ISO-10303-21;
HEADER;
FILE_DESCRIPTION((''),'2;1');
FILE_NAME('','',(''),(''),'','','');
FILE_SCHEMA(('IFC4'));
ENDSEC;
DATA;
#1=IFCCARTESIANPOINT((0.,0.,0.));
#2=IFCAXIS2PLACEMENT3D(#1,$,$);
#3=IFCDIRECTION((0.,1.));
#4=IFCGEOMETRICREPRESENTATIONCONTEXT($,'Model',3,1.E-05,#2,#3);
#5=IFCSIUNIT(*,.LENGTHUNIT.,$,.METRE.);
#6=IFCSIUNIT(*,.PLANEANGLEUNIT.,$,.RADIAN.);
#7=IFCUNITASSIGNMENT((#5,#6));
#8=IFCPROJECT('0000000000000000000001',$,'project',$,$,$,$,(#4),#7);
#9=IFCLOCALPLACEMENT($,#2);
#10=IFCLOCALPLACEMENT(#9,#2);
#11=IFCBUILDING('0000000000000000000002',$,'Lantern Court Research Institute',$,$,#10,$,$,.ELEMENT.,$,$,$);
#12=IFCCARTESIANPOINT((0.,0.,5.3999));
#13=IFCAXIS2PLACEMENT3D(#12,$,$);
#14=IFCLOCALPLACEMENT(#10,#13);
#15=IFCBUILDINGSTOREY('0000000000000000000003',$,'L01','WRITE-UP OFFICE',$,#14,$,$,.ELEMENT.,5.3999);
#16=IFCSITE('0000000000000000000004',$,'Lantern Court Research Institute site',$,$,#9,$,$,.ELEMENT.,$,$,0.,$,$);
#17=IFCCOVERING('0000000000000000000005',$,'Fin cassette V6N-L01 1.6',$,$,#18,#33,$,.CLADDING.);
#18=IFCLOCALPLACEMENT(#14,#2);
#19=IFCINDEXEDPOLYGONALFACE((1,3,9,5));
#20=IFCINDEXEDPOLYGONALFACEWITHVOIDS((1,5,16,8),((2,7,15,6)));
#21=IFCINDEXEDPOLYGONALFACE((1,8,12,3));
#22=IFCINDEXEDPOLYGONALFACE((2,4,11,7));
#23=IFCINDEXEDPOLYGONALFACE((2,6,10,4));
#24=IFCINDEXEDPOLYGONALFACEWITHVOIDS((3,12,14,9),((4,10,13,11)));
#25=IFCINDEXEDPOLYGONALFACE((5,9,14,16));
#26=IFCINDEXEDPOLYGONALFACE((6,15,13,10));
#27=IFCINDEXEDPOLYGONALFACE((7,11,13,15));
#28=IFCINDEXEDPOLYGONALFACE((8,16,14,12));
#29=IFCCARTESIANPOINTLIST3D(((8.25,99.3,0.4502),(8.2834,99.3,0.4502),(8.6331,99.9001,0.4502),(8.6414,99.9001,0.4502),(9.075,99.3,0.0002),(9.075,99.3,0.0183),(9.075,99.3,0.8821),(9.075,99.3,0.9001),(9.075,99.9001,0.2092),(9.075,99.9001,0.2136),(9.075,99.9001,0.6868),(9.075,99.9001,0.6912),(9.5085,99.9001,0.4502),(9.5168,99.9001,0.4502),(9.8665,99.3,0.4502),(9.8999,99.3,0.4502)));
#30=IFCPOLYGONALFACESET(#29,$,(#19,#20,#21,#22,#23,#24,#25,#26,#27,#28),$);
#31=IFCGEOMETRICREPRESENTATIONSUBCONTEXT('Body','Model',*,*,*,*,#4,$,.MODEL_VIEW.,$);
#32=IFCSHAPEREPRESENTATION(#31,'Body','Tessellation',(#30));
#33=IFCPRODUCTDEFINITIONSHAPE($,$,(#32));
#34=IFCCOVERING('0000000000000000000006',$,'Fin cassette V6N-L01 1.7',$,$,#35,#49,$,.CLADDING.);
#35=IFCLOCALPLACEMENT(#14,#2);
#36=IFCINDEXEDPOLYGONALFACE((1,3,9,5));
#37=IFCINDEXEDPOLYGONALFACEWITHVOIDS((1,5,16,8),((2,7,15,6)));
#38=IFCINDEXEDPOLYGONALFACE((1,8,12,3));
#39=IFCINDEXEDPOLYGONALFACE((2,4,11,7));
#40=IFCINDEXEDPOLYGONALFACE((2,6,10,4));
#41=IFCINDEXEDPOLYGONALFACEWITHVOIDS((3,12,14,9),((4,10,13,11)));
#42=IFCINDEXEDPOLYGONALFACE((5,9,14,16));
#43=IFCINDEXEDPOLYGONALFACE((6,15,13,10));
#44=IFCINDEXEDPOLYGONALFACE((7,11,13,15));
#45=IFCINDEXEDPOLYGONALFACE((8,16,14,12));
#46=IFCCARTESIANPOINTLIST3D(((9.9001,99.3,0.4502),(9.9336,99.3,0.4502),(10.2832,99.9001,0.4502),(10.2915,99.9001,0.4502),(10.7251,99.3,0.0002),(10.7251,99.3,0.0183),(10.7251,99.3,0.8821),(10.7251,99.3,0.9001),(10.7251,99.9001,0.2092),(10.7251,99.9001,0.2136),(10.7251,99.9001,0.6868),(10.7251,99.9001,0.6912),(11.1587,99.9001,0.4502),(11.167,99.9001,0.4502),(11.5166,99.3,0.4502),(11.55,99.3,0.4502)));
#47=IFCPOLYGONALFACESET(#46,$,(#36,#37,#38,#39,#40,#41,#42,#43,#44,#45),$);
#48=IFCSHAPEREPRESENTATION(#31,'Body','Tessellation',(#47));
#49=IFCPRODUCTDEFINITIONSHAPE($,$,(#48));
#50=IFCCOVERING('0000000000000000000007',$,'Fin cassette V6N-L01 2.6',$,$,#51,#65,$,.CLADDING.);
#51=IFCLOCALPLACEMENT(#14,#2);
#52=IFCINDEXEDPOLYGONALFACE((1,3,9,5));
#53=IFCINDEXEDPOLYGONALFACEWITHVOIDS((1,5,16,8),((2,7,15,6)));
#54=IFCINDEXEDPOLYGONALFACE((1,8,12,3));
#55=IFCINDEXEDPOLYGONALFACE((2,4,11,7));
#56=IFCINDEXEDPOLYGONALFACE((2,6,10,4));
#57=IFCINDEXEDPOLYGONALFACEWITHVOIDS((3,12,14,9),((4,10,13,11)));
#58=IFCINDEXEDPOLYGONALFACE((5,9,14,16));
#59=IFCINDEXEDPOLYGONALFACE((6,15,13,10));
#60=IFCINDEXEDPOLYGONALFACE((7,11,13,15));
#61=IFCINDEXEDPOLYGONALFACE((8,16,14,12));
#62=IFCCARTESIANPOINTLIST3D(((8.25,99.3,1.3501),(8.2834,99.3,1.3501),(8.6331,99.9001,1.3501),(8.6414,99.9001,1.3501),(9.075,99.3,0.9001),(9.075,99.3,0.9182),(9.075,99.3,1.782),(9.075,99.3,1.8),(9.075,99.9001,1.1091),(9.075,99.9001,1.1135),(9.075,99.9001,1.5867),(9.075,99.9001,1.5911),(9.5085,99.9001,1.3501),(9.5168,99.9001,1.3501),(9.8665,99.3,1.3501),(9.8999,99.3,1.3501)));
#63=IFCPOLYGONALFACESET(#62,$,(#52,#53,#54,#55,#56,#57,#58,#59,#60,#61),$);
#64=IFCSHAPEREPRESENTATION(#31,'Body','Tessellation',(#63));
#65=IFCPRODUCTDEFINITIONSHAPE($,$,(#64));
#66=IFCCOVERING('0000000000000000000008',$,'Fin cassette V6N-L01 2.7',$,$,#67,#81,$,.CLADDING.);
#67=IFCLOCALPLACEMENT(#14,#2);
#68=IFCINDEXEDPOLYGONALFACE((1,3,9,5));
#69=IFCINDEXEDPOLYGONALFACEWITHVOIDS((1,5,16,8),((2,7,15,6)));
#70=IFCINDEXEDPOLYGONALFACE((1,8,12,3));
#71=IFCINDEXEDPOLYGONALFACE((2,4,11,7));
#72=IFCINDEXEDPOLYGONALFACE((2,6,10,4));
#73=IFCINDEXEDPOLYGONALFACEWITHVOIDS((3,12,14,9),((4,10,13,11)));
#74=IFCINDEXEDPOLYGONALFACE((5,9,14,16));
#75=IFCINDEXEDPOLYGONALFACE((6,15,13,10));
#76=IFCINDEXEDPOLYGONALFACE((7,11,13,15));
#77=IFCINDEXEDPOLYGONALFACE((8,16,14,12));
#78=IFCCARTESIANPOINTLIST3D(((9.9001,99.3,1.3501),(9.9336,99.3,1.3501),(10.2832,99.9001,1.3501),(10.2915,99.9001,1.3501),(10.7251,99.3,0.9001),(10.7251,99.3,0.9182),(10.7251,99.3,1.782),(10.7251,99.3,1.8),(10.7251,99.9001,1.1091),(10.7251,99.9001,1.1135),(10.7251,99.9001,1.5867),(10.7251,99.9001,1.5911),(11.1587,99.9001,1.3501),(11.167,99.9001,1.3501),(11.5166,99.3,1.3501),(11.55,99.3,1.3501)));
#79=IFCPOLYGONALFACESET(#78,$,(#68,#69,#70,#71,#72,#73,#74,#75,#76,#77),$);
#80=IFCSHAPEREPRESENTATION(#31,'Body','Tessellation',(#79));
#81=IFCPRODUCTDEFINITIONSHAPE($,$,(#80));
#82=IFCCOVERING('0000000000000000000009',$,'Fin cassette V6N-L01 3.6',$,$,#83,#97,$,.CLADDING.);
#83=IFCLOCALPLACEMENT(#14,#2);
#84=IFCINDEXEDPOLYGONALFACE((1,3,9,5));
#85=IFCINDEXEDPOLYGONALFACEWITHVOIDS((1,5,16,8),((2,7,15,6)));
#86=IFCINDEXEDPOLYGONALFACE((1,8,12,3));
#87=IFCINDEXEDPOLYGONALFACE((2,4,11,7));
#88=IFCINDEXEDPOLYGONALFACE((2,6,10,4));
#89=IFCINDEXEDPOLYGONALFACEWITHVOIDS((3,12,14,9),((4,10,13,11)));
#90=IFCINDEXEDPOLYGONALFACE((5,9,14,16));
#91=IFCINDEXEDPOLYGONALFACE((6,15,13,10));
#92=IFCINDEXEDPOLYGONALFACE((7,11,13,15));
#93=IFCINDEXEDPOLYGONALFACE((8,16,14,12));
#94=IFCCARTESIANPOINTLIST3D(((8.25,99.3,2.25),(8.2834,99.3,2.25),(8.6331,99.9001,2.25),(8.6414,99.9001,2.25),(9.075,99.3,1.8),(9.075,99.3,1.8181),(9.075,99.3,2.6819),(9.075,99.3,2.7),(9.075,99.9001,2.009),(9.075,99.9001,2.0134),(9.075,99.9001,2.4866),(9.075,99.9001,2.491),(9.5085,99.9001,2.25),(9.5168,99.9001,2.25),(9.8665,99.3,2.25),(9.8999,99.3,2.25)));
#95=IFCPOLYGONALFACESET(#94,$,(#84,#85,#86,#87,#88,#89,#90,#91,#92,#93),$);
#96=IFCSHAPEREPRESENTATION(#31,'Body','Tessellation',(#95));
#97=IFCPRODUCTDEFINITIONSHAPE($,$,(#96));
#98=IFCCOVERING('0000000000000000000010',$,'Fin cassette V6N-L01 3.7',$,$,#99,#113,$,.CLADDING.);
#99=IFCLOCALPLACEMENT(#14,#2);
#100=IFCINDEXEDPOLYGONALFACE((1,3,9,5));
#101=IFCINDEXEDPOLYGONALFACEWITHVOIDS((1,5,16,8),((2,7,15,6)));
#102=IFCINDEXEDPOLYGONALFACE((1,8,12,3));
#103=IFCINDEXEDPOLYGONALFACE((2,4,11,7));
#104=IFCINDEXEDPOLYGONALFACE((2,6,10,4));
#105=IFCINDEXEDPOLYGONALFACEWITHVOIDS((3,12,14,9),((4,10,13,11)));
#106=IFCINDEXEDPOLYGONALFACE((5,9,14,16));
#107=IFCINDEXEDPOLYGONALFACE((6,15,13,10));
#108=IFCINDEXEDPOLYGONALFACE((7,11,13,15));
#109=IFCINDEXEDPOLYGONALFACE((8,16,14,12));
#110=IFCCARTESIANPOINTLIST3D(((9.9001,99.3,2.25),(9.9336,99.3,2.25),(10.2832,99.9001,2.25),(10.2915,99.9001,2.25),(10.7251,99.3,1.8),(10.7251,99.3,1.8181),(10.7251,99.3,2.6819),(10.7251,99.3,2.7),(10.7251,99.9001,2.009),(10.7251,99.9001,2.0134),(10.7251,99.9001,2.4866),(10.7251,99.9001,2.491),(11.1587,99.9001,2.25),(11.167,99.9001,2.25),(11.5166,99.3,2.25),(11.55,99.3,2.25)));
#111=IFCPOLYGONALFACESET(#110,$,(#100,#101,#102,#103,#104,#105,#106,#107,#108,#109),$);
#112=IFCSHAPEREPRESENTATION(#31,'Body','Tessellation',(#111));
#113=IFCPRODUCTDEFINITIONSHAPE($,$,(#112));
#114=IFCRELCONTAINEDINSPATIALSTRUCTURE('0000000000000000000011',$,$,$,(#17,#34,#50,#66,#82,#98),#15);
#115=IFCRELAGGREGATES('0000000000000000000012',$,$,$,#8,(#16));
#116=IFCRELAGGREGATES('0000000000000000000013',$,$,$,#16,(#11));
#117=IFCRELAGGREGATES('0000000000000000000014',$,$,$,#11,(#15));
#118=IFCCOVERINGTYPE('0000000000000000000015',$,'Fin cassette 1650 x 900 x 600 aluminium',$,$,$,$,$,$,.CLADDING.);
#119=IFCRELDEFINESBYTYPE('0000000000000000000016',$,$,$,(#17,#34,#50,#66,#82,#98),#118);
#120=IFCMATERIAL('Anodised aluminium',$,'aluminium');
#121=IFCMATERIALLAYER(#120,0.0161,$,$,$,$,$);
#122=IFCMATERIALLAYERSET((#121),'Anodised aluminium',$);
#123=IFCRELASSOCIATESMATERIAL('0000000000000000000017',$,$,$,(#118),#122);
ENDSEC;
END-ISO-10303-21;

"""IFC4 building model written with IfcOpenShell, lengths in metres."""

from ifc_helpers import new_model, entity, si_unit, direction, frame, origin, place, context, subcontext, project, spatial, material, layer, layer_set, type_object, element, save


model = new_model("IFC4")

# Units and contexts
model_context = context("Model", 3, precision=1e-05, world=origin(), true_north=direction((0.0, 1.0)))
body_context = subcontext(model_context, "Body", "Model", "MODEL_VIEW")
ifc_project = project(units=[si_unit("LENGTHUNIT", "METRE"), si_unit("PLANEANGLEUNIT", "RADIAN")], contexts=[model_context])

# Site, building, storey
site_placement = place(None, origin())
site = spatial("IfcSite", under=ifc_project, at=site_placement, Name="Lantern Court Research Institute site", CompositionType="ELEMENT", RefElevation=0.0)
building_placement = place(site_placement, origin())
building = spatial("IfcBuilding", under=site, at=building_placement, Name="Lantern Court Research Institute", CompositionType="ELEMENT")
storey_placement = place(building_placement, frame((0.0, 0.0, 5.3999)))
storey = spatial("IfcBuildingStorey", under=building, at=storey_placement, Name="L01", Description="WRITE-UP OFFICE", CompositionType="ELEMENT", Elevation=5.3999)

# Coverings
ifc_material_1 = material(Name="Anodised aluminium", Category="aluminium")
ifc_layer_1 = layer(ifc_material_1, 0.0161)
ifc_layer_set_1 = layer_set([ifc_layer_1], Name="Anodised aluminium")
covering_type = type_object("IfcCoveringType", Name="Fin cassette 1650 x 900 x 600 aluminium", PredefinedType="CLADDING", material=ifc_layer_set_1)
covering_1_placement = place(storey_placement, frame((9.075, 99.3, 0.4502), z_axis=(0.0, 1.0, 0.0), x_axis=(-1.0, 0.0, 0.0)))
cartesian_point_1 = entity("IfcCartesianPoint", [0.825, 0.0])
cartesian_point_2 = entity("IfcCartesianPoint", [0.7915, 0.0])
cartesian_point_3 = entity("IfcCartesianPoint", [0.4419, 0.0])
cartesian_point_4 = entity("IfcCartesianPoint", [0.4336, 0.0])
element("IfcCovering", 1, at=covering_1_placement, inside=storey, type_object=covering_type, Name="Fin cassette V6N-L01 1.6", PredefinedType="CLADDING", context=body_context, shape_type="SweptSolid", body=[
    entity("IfcExtrudedAreaSolidTapered", entity("IfcArbitraryProfileDefWithVoids", "AREA", None, entity("IfcPolyline", [cartesian_point_1, entity("IfcCartesianPoint", [0.0, 0.45]), entity("IfcCartesianPoint", [-0.825, 0.0]), entity("IfcCartesianPoint", [0.0, -0.45]), cartesian_point_1]), [entity("IfcPolyline", [cartesian_point_2, entity("IfcCartesianPoint", [0.0, 0.4319]), entity("IfcCartesianPoint", [-0.7915, 0.0]), entity("IfcCartesianPoint", [0.0, -0.4319]), cartesian_point_2])]), entity("IfcAxis2Placement3D", entity("IfcCartesianPoint", [0.0, 0.0, 0.0])), entity("IfcDirection", [0.0, 0.0, 1.0]), 0.6001, entity("IfcArbitraryProfileDefWithVoids", "AREA", None, entity("IfcPolyline", [cartesian_point_3, entity("IfcCartesianPoint", [0.0, 0.241]), entity("IfcCartesianPoint", [-0.4419, 0.0]), entity("IfcCartesianPoint", [0.0, -0.241]), cartesian_point_3]), [entity("IfcPolyline", [cartesian_point_4, entity("IfcCartesianPoint", [0.0, 0.2366]), entity("IfcCartesianPoint", [-0.4336, 0.0]), entity("IfcCartesianPoint", [0.0, -0.2366]), cartesian_point_4])])),
])
covering_2_placement = place(storey_placement, frame((10.7251, 99.3, 0.4502), z_axis=(0.0, 1.0, 0.0), x_axis=(-1.0, 0.0, 0.0)))
cartesian_point_5 = entity("IfcCartesianPoint", [0.825, 0.0])
cartesian_point_6 = entity("IfcCartesianPoint", [0.7915, 0.0])
cartesian_point_7 = entity("IfcCartesianPoint", [0.4419, 0.0])
cartesian_point_8 = entity("IfcCartesianPoint", [0.4336, 0.0])
element("IfcCovering", 2, at=covering_2_placement, inside=storey, type_object=covering_type, Name="Fin cassette V6N-L01 1.7", PredefinedType="CLADDING", context=body_context, shape_type="SweptSolid", body=[
    entity("IfcExtrudedAreaSolidTapered", entity("IfcArbitraryProfileDefWithVoids", "AREA", None, entity("IfcPolyline", [cartesian_point_5, entity("IfcCartesianPoint", [0.0, 0.45]), entity("IfcCartesianPoint", [-0.825, 0.0]), entity("IfcCartesianPoint", [0.0, -0.45]), cartesian_point_5]), [entity("IfcPolyline", [cartesian_point_6, entity("IfcCartesianPoint", [0.0, 0.4319]), entity("IfcCartesianPoint", [-0.7915, 0.0]), entity("IfcCartesianPoint", [0.0, -0.4319]), cartesian_point_6])]), entity("IfcAxis2Placement3D", entity("IfcCartesianPoint", [0.0, 0.0, 0.0])), entity("IfcDirection", [0.0, 0.0, 1.0]), 0.6001, entity("IfcArbitraryProfileDefWithVoids", "AREA", None, entity("IfcPolyline", [cartesian_point_7, entity("IfcCartesianPoint", [0.0, 0.241]), entity("IfcCartesianPoint", [-0.4419, 0.0]), entity("IfcCartesianPoint", [0.0, -0.241]), cartesian_point_7]), [entity("IfcPolyline", [cartesian_point_8, entity("IfcCartesianPoint", [0.0, 0.2366]), entity("IfcCartesianPoint", [-0.4336, 0.0]), entity("IfcCartesianPoint", [0.0, -0.2366]), cartesian_point_8])])),
])
covering_3_placement = place(storey_placement, frame((9.075, 99.3, 1.3501), z_axis=(0.0, 1.0, 0.0), x_axis=(-1.0, 0.0, 0.0)))
cartesian_point_9 = entity("IfcCartesianPoint", [0.825, 0.0])
cartesian_point_10 = entity("IfcCartesianPoint", [0.7915, 0.0])
cartesian_point_11 = entity("IfcCartesianPoint", [0.4419, 0.0])
cartesian_point_12 = entity("IfcCartesianPoint", [0.4336, 0.0])
element("IfcCovering", 3, at=covering_3_placement, inside=storey, type_object=covering_type, Name="Fin cassette V6N-L01 2.6", PredefinedType="CLADDING", context=body_context, shape_type="SweptSolid", body=[
    entity("IfcExtrudedAreaSolidTapered", entity("IfcArbitraryProfileDefWithVoids", "AREA", None, entity("IfcPolyline", [cartesian_point_9, entity("IfcCartesianPoint", [0.0, 0.45]), entity("IfcCartesianPoint", [-0.825, 0.0]), entity("IfcCartesianPoint", [0.0, -0.45]), cartesian_point_9]), [entity("IfcPolyline", [cartesian_point_10, entity("IfcCartesianPoint", [0.0, 0.4319]), entity("IfcCartesianPoint", [-0.7915, 0.0]), entity("IfcCartesianPoint", [0.0, -0.4319]), cartesian_point_10])]), entity("IfcAxis2Placement3D", entity("IfcCartesianPoint", [0.0, 0.0, 0.0])), entity("IfcDirection", [0.0, 0.0, 1.0]), 0.6001, entity("IfcArbitraryProfileDefWithVoids", "AREA", None, entity("IfcPolyline", [cartesian_point_11, entity("IfcCartesianPoint", [0.0, 0.241]), entity("IfcCartesianPoint", [-0.4419, 0.0]), entity("IfcCartesianPoint", [0.0, -0.241]), cartesian_point_11]), [entity("IfcPolyline", [cartesian_point_12, entity("IfcCartesianPoint", [0.0, 0.2366]), entity("IfcCartesianPoint", [-0.4336, 0.0]), entity("IfcCartesianPoint", [0.0, -0.2366]), cartesian_point_12])])),
])
covering_4_placement = place(storey_placement, frame((10.7251, 99.3, 1.3501), z_axis=(0.0, 1.0, 0.0), x_axis=(-1.0, 0.0, 0.0)))
cartesian_point_13 = entity("IfcCartesianPoint", [0.825, 0.0])
cartesian_point_14 = entity("IfcCartesianPoint", [0.7915, 0.0])
cartesian_point_15 = entity("IfcCartesianPoint", [0.4419, 0.0])
cartesian_point_16 = entity("IfcCartesianPoint", [0.4336, 0.0])
element("IfcCovering", 4, at=covering_4_placement, inside=storey, type_object=covering_type, Name="Fin cassette V6N-L01 2.7", PredefinedType="CLADDING", context=body_context, shape_type="SweptSolid", body=[
    entity("IfcExtrudedAreaSolidTapered", entity("IfcArbitraryProfileDefWithVoids", "AREA", None, entity("IfcPolyline", [cartesian_point_13, entity("IfcCartesianPoint", [0.0, 0.45]), entity("IfcCartesianPoint", [-0.825, 0.0]), entity("IfcCartesianPoint", [0.0, -0.45]), cartesian_point_13]), [entity("IfcPolyline", [cartesian_point_14, entity("IfcCartesianPoint", [0.0, 0.4319]), entity("IfcCartesianPoint", [-0.7915, 0.0]), entity("IfcCartesianPoint", [0.0, -0.4319]), cartesian_point_14])]), entity("IfcAxis2Placement3D", entity("IfcCartesianPoint", [0.0, 0.0, 0.0])), entity("IfcDirection", [0.0, 0.0, 1.0]), 0.6001, entity("IfcArbitraryProfileDefWithVoids", "AREA", None, entity("IfcPolyline", [cartesian_point_15, entity("IfcCartesianPoint", [0.0, 0.241]), entity("IfcCartesianPoint", [-0.4419, 0.0]), entity("IfcCartesianPoint", [0.0, -0.241]), cartesian_point_15]), [entity("IfcPolyline", [cartesian_point_16, entity("IfcCartesianPoint", [0.0, 0.2366]), entity("IfcCartesianPoint", [-0.4336, 0.0]), entity("IfcCartesianPoint", [0.0, -0.2366]), cartesian_point_16])])),
])
covering_5_placement = place(storey_placement, frame((9.075, 99.3, 2.25), z_axis=(0.0, 1.0, 0.0), x_axis=(-1.0, 0.0, 0.0)))
cartesian_point_17 = entity("IfcCartesianPoint", [0.825, 0.0])
cartesian_point_18 = entity("IfcCartesianPoint", [0.7915, 0.0])
cartesian_point_19 = entity("IfcCartesianPoint", [0.4419, 0.0])
cartesian_point_20 = entity("IfcCartesianPoint", [0.4336, 0.0])
element("IfcCovering", 5, at=covering_5_placement, inside=storey, type_object=covering_type, Name="Fin cassette V6N-L01 3.6", PredefinedType="CLADDING", context=body_context, shape_type="SweptSolid", body=[
    entity("IfcExtrudedAreaSolidTapered", entity("IfcArbitraryProfileDefWithVoids", "AREA", None, entity("IfcPolyline", [cartesian_point_17, entity("IfcCartesianPoint", [0.0, 0.45]), entity("IfcCartesianPoint", [-0.825, 0.0]), entity("IfcCartesianPoint", [0.0, -0.45]), cartesian_point_17]), [entity("IfcPolyline", [cartesian_point_18, entity("IfcCartesianPoint", [0.0, 0.4319]), entity("IfcCartesianPoint", [-0.7915, 0.0]), entity("IfcCartesianPoint", [0.0, -0.4319]), cartesian_point_18])]), entity("IfcAxis2Placement3D", entity("IfcCartesianPoint", [0.0, 0.0, 0.0])), entity("IfcDirection", [0.0, 0.0, 1.0]), 0.6001, entity("IfcArbitraryProfileDefWithVoids", "AREA", None, entity("IfcPolyline", [cartesian_point_19, entity("IfcCartesianPoint", [0.0, 0.241]), entity("IfcCartesianPoint", [-0.4419, 0.0]), entity("IfcCartesianPoint", [0.0, -0.241]), cartesian_point_19]), [entity("IfcPolyline", [cartesian_point_20, entity("IfcCartesianPoint", [0.0, 0.2366]), entity("IfcCartesianPoint", [-0.4336, 0.0]), entity("IfcCartesianPoint", [0.0, -0.2366]), cartesian_point_20])])),
])
covering_6_placement = place(storey_placement, frame((10.7251, 99.3, 2.25), z_axis=(0.0, 1.0, 0.0), x_axis=(-1.0, 0.0, 0.0)))
cartesian_point_21 = entity("IfcCartesianPoint", [0.825, 0.0])
cartesian_point_22 = entity("IfcCartesianPoint", [0.7915, 0.0])
cartesian_point_23 = entity("IfcCartesianPoint", [0.4419, 0.0])
cartesian_point_24 = entity("IfcCartesianPoint", [0.4336, 0.0])
element("IfcCovering", 6, at=covering_6_placement, inside=storey, type_object=covering_type, Name="Fin cassette V6N-L01 3.7", PredefinedType="CLADDING", context=body_context, shape_type="SweptSolid", body=[
    entity("IfcExtrudedAreaSolidTapered", entity("IfcArbitraryProfileDefWithVoids", "AREA", None, entity("IfcPolyline", [cartesian_point_21, entity("IfcCartesianPoint", [0.0, 0.45]), entity("IfcCartesianPoint", [-0.825, 0.0]), entity("IfcCartesianPoint", [0.0, -0.45]), cartesian_point_21]), [entity("IfcPolyline", [cartesian_point_22, entity("IfcCartesianPoint", [0.0, 0.4319]), entity("IfcCartesianPoint", [-0.7915, 0.0]), entity("IfcCartesianPoint", [0.0, -0.4319]), cartesian_point_22])]), entity("IfcAxis2Placement3D", entity("IfcCartesianPoint", [0.0, 0.0, 0.0])), entity("IfcDirection", [0.0, 0.0, 1.0]), 0.6001, entity("IfcArbitraryProfileDefWithVoids", "AREA", None, entity("IfcPolyline", [cartesian_point_23, entity("IfcCartesianPoint", [0.0, 0.241]), entity("IfcCartesianPoint", [-0.4419, 0.0]), entity("IfcCartesianPoint", [0.0, -0.241]), cartesian_point_23]), [entity("IfcPolyline", [cartesian_point_24, entity("IfcCartesianPoint", [0.0, 0.2366]), entity("IfcCartesianPoint", [-0.4336, 0.0]), entity("IfcCartesianPoint", [0.0, -0.2366]), cartesian_point_24])])),
])

save(model, "model.ifc")
